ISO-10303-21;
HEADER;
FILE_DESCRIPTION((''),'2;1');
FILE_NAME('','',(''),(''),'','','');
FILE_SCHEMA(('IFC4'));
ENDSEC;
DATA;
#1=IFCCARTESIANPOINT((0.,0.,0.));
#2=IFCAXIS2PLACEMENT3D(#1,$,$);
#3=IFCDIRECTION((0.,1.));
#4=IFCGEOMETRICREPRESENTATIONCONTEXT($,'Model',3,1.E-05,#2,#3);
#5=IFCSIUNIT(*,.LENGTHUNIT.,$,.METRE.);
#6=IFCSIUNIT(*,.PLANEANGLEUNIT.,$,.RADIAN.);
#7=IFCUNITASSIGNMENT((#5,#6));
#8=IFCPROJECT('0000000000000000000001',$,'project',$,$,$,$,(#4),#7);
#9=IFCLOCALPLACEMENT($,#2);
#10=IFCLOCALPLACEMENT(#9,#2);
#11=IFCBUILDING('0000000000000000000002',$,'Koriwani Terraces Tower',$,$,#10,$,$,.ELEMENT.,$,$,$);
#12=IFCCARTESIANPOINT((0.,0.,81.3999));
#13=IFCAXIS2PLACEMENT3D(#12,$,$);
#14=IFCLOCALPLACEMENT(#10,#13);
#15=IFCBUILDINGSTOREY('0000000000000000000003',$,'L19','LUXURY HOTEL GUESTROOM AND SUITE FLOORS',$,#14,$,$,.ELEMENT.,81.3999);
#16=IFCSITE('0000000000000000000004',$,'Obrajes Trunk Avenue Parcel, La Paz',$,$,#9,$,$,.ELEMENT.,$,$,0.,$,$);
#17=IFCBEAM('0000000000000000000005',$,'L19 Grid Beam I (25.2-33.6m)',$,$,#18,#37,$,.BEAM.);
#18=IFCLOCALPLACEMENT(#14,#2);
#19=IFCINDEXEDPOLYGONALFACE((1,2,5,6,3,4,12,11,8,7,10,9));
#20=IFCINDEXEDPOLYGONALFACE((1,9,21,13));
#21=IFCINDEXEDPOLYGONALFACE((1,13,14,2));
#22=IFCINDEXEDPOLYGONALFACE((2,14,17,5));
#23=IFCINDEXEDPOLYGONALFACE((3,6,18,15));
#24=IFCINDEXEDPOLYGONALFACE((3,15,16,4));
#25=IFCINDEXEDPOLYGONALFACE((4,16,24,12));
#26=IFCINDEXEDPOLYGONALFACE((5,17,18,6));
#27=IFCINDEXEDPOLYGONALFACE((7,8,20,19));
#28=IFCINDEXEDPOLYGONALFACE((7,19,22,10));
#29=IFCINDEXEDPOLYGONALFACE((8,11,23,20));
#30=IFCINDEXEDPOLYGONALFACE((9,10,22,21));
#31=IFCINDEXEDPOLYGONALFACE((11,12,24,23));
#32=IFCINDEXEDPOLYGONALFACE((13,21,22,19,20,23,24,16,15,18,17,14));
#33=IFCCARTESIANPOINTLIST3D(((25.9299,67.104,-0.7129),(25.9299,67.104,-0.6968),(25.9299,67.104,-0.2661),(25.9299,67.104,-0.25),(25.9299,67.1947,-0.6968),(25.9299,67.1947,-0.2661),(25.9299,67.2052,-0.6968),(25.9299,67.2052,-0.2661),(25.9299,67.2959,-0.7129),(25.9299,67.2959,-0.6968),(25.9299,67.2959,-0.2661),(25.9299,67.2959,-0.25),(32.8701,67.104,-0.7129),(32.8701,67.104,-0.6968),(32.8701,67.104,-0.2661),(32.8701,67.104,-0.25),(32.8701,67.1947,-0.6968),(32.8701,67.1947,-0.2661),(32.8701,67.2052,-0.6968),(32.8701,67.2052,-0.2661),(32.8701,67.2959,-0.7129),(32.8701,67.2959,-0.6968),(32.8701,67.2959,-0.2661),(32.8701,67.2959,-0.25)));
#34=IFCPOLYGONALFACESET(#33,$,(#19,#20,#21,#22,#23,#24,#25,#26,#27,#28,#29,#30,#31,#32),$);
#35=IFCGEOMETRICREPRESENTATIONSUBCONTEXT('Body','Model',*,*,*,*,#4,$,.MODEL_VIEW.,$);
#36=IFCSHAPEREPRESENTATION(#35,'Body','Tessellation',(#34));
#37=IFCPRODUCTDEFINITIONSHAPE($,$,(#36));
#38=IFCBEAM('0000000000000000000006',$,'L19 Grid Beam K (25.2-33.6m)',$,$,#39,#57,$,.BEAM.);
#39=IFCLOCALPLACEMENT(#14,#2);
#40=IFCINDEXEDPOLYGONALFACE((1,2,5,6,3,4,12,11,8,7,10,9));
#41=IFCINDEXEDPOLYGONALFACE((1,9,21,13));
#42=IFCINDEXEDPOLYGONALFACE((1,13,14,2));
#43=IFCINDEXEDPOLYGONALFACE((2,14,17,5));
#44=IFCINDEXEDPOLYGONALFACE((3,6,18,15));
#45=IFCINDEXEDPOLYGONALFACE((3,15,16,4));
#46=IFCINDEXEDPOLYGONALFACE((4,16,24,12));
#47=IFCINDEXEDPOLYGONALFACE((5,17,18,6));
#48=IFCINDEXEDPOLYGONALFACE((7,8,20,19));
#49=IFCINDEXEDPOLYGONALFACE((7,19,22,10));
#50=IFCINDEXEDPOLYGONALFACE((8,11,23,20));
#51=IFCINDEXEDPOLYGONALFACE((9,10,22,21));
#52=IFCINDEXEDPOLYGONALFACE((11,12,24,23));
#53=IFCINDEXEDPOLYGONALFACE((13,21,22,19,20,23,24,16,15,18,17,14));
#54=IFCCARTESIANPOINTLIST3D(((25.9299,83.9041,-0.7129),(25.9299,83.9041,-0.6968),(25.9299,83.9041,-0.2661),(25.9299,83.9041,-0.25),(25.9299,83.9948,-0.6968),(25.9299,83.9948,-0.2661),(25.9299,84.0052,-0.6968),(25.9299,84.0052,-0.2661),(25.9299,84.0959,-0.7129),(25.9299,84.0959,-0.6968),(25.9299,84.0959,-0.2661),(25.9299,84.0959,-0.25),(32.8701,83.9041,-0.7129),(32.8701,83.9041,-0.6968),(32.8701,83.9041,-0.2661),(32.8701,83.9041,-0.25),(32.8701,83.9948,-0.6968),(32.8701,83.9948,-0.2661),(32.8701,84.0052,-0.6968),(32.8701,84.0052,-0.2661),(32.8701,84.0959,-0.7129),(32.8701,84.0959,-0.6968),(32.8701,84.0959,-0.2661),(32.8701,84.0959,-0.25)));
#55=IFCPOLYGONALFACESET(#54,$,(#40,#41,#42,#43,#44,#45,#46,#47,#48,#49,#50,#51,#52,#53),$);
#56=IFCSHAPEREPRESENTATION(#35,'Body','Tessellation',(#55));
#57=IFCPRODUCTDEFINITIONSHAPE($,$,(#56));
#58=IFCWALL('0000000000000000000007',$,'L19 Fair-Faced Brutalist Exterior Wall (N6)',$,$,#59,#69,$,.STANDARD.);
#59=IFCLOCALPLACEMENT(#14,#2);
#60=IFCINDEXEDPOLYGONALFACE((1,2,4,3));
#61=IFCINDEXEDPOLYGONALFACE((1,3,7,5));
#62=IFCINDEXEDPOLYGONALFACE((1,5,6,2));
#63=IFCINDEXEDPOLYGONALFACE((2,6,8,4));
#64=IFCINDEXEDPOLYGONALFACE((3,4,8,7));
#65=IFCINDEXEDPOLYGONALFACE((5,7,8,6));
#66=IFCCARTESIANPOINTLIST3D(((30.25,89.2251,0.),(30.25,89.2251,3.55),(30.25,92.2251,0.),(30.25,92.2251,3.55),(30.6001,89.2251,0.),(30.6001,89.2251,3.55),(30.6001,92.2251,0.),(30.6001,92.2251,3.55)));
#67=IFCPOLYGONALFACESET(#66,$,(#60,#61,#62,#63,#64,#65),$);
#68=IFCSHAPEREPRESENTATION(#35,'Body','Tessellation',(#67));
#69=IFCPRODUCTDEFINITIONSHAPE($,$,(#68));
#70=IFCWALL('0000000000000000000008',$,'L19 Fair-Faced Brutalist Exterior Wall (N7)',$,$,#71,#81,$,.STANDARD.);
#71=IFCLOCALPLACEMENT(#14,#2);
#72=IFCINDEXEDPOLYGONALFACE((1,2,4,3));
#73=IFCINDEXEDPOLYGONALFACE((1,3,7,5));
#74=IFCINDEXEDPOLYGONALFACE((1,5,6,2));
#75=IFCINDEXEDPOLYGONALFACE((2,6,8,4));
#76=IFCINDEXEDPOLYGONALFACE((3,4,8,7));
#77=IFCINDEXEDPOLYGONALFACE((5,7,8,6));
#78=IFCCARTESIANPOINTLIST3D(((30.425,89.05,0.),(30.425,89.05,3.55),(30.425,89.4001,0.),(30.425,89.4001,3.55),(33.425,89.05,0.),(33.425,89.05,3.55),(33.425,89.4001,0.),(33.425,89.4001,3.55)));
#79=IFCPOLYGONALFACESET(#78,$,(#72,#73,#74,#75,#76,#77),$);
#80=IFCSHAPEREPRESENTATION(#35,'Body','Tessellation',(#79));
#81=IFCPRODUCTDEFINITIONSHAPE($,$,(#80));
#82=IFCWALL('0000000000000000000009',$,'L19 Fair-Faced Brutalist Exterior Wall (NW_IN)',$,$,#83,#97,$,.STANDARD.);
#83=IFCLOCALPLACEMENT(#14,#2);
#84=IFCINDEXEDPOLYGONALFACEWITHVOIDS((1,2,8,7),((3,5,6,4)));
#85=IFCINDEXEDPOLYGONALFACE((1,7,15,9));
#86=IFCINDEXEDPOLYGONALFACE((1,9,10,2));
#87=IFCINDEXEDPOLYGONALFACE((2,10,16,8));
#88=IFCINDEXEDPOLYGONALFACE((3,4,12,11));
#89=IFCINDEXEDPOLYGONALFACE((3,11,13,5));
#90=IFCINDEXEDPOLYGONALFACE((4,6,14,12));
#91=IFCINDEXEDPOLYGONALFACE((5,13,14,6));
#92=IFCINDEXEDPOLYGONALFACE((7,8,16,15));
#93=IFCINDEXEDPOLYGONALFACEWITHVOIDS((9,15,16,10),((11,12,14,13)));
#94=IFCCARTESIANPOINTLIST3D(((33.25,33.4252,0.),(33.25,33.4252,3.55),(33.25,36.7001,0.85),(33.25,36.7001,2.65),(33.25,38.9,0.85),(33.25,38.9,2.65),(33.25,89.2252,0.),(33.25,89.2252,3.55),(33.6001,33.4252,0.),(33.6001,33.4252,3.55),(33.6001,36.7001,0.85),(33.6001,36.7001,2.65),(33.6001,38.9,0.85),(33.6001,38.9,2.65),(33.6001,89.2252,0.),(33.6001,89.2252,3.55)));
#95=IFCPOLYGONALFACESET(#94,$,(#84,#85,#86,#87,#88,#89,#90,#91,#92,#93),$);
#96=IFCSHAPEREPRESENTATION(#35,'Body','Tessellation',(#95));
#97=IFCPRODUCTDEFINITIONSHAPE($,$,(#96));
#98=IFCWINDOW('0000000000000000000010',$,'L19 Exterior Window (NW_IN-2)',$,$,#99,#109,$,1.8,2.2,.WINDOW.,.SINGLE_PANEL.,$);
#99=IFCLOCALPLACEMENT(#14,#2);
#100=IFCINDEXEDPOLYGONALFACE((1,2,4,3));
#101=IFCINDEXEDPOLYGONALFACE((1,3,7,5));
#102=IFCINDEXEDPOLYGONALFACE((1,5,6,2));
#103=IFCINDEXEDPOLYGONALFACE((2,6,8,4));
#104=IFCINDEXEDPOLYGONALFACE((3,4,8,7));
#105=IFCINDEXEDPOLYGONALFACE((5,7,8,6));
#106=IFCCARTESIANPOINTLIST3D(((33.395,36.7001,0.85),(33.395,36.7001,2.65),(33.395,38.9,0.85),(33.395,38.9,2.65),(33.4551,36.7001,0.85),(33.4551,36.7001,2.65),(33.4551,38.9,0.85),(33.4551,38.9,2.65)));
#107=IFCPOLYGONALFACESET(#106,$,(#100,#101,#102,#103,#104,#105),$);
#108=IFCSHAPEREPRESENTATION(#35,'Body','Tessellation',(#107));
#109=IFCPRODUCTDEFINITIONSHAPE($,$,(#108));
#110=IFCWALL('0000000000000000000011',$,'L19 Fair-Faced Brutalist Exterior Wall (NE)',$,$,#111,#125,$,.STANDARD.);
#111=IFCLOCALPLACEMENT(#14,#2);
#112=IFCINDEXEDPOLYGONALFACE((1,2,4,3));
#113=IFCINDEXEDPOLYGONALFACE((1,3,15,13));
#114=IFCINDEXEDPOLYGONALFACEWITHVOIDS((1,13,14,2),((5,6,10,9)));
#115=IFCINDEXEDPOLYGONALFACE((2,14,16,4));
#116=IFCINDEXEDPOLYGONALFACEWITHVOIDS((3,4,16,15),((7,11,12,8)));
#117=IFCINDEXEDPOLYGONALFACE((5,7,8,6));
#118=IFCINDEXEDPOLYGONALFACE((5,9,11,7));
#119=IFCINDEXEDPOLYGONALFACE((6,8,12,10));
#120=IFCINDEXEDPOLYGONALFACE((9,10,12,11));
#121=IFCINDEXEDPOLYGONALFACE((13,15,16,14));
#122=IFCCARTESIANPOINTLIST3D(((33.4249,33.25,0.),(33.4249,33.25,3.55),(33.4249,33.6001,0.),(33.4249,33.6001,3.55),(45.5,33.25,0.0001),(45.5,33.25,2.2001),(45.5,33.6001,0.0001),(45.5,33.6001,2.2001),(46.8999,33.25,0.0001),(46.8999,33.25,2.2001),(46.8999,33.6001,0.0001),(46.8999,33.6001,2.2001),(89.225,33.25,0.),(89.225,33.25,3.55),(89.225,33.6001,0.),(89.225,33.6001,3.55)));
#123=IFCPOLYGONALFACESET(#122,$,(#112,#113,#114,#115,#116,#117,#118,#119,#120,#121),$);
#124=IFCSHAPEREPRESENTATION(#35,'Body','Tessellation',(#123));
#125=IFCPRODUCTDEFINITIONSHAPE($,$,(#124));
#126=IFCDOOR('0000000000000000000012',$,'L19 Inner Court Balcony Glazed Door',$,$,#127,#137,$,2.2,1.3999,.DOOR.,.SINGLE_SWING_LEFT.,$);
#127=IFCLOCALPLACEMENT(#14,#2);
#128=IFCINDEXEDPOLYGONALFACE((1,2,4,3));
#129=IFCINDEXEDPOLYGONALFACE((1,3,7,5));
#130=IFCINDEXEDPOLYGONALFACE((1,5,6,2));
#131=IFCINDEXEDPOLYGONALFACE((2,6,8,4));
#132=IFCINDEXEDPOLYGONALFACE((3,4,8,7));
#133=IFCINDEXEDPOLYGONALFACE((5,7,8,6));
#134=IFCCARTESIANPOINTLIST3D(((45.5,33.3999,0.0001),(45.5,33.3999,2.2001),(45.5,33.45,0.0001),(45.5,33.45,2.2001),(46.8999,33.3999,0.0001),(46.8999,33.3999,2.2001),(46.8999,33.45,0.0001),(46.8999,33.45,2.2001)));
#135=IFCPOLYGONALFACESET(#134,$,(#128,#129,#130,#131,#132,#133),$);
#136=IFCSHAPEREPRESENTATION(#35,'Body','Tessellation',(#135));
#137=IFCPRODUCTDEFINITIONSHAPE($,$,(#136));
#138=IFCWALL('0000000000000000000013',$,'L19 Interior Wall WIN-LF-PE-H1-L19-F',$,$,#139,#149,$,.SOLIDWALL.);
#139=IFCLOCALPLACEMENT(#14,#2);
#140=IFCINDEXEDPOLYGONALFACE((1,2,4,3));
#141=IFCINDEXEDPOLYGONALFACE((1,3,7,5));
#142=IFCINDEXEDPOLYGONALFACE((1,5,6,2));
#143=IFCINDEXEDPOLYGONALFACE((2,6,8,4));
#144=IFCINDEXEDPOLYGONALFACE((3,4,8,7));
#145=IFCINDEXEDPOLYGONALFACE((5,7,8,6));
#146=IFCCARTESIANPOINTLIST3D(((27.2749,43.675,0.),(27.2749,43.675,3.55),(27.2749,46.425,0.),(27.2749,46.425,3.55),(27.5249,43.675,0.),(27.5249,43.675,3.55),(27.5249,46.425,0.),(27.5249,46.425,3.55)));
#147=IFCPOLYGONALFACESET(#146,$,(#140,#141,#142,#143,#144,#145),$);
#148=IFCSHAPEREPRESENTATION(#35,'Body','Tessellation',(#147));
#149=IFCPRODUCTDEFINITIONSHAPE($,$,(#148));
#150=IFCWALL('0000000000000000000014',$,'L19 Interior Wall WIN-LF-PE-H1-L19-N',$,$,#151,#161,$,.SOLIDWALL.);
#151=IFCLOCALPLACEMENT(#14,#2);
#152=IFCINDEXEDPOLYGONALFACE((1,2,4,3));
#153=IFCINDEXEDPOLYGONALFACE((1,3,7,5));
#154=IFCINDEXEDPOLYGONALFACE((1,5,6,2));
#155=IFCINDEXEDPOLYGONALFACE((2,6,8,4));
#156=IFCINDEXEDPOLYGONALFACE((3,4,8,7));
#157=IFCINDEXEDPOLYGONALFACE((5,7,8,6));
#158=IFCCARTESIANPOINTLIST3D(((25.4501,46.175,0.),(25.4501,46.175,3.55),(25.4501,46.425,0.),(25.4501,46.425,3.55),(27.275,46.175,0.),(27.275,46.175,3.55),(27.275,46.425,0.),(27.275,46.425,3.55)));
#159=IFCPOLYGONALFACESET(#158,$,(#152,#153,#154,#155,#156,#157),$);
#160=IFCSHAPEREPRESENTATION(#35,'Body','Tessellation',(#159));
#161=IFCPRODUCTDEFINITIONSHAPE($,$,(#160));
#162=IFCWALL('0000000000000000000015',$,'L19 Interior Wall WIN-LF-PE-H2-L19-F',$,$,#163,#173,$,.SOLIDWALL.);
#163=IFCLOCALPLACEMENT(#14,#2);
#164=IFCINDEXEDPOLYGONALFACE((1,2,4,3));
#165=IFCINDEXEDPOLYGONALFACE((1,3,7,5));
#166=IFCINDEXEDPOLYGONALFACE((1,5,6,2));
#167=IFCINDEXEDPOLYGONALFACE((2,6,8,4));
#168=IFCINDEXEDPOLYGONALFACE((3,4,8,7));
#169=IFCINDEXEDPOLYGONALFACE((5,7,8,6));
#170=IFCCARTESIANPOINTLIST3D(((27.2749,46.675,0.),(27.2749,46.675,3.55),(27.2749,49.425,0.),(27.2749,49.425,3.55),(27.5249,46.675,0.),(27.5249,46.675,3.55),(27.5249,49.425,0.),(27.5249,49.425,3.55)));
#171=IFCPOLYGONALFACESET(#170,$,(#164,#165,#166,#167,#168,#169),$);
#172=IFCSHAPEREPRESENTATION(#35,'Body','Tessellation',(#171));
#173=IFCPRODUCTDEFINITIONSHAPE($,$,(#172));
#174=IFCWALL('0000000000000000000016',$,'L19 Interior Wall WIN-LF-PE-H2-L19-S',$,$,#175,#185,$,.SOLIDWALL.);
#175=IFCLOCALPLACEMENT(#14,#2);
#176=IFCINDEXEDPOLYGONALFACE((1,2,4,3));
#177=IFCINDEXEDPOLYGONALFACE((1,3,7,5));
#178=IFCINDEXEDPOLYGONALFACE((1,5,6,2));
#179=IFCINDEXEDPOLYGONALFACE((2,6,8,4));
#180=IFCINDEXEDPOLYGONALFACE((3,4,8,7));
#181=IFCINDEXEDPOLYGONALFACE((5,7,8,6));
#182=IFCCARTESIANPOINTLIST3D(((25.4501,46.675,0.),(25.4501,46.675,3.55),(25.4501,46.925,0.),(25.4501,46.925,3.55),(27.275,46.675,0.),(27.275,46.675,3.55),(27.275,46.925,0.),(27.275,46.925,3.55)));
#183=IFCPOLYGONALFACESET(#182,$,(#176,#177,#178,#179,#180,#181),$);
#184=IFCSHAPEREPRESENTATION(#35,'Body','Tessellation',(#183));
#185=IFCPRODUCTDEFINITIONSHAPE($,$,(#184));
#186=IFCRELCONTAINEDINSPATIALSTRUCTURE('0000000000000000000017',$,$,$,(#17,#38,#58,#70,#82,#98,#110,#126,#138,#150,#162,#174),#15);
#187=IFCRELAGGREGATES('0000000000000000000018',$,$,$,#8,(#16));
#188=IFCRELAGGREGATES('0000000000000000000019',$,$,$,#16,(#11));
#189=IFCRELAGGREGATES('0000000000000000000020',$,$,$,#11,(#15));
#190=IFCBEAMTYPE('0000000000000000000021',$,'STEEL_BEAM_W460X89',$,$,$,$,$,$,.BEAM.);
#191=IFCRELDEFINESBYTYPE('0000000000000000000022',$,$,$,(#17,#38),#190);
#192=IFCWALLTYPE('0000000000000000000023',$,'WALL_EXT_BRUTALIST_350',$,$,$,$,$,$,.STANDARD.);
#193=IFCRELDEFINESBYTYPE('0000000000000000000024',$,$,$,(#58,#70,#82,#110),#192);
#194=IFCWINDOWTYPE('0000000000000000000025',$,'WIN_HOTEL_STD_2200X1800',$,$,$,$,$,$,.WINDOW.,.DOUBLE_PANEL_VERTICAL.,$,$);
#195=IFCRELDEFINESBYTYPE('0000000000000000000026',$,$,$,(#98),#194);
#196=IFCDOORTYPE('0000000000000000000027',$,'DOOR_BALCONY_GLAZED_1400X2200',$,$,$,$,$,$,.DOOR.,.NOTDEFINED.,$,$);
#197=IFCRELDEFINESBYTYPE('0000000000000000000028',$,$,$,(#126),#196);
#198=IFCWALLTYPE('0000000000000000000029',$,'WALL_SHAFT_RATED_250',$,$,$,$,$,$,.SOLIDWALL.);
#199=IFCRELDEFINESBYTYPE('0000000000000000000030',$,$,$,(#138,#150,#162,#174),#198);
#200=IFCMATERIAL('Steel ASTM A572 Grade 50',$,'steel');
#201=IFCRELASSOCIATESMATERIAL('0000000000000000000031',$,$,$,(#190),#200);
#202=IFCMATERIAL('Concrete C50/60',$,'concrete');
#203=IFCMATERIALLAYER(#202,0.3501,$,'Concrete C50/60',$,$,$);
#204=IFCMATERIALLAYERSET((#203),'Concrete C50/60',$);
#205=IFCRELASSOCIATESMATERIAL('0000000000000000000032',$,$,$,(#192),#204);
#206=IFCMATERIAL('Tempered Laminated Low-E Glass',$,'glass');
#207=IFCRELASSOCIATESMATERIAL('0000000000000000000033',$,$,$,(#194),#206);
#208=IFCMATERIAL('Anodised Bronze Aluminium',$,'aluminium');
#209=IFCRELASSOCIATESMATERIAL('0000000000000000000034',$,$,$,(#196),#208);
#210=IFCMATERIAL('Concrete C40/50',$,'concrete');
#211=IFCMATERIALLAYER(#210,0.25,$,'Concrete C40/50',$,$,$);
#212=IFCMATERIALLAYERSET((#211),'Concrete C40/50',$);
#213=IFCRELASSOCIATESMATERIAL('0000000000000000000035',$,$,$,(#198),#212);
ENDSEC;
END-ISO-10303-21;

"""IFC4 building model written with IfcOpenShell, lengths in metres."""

from ifc_helpers import new_model, si_unit, direction, frame, frame_2d, origin, origin_2d, place, context, subcontext, project, spatial, rectangle, i_section, extrude, material, layer, layer_set, material_profile, profile_set, type_object, element, fill, save


model = new_model("IFC4")

# Units and contexts
model_context = context("Model", 3, precision=1e-05, world=origin(), true_north=direction((0.0, 1.0)))
body_context = subcontext(model_context, "Body", "Model", "MODEL_VIEW")
ifc_project = project(units=[si_unit("LENGTHUNIT", "METRE"), si_unit("PLANEANGLEUNIT", "RADIAN")], contexts=[model_context])

# Site, building, storey
site_placement = place(None, origin())
site = spatial("IfcSite", under=ifc_project, at=site_placement, Name="Obrajes Trunk Avenue Parcel, La Paz", CompositionType="ELEMENT", RefElevation=0.0)
building_placement = place(site_placement, origin())
building = spatial("IfcBuilding", under=site, at=building_placement, Name="Koriwani Terraces Tower", CompositionType="ELEMENT")
storey_placement = place(building_placement, frame((0.0, 0.0, 81.3999)))
storey = spatial("IfcBuildingStorey", under=building, at=storey_placement, Name="L19", Description="LUXURY HOTEL GUESTROOM AND SUITE FLOORS", CompositionType="ELEMENT", Elevation=81.3999)

# Beams
ifc_material_1 = material(Name="Concrete C50/60", Category="concrete")
ifc_material_2 = material(Name="Steel ASTM A572 Grade 50", Category="steel")
ifc_material_profile_1 = material_profile(ifc_material_2, i_section(OverallWidth=0.1919, OverallDepth=0.4629, WebThickness=0.0105, FlangeThickness=0.0161, at=origin_2d()), Name="Steel ASTM A572 Grade 50", Category="LoadBearing")
ifc_profile_set_1 = profile_set([ifc_material_profile_1], Name="Steel ASTM A572 Grade 50")
beam_type_1 = type_object("IfcBeamType", Name="STEEL_BEAM_W460X89", PredefinedType="BEAM", material=ifc_profile_set_1)
for number, where, z_axis, x_axis, name in (
    (1, (25.9299, 67.2, -0.4814), (1.0, 0.0, 0.0), (0.0, 1.0, 0.0), "L19 Grid Beam I (25.2-33.6m)"),
    (2, (25.9299, 84.0, -0.4814), (1.0, 0.0, 0.0), (0.0, 1.0, 0.0), "L19 Grid Beam K (25.2-33.6m)"),
):
    element("IfcBeam", number, at=place(storey_placement, frame(where, z_axis=z_axis, x_axis=x_axis)), inside=storey, type_object=beam_type_1, Name=name, PredefinedType="BEAM", context=body_context, shape_type="SweptSolid", body=[
        extrude(i_section(OverallWidth=0.1919, OverallDepth=0.4629, WebThickness=0.0105, FlangeThickness=0.0161, at=origin_2d()), origin(), (0.0, 0.0, 1.0), 6.9402),
    ])

# Walls
ifc_layer_1 = layer(ifc_material_1, 0.3501, Name="Concrete C50/60")
ifc_layer_set_1 = layer_set([ifc_layer_1], Name="Concrete C50/60")
wall_type_1 = type_object("IfcWallType", Name="WALL_EXT_BRUTALIST_350", PredefinedType="STANDARD", material=ifc_layer_set_1)
for number, where, z_axis, x_axis, name in (
    (3, (30.425, 92.2251, 0.0), (0.0, 0.0, 1.0), (0.0, -1.0, 0.0), "L19 Fair-Faced Brutalist Exterior Wall (N6)"),
    (4, (30.425, 89.2251, 0.0), (0.0, 0.0, 1.0), (1.0, 0.0, 0.0), "L19 Fair-Faced Brutalist Exterior Wall (N7)"),
):
    element("IfcWall", number, at=place(storey_placement, frame(where, z_axis=z_axis, x_axis=x_axis)), inside=storey, type_object=wall_type_1, Name=name, PredefinedType="STANDARD", context=body_context, shape_type="SweptSolid", body=[
        extrude(rectangle(XDim=3.0, YDim=0.3501, at=frame_2d((1.5, 0.0))), origin(), (0.0, 0.0, 1.0), 3.55),
    ])

# Wall, opening, window
wall_1_placement = place(storey_placement, frame((33.425, 89.2251, 0.0), z_axis=(0.0, 0.0, 1.0), x_axis=(0.0, -1.0, 0.0)))
wall_1 = element("IfcWall", 5, at=wall_1_placement, inside=storey, type_object=wall_type_1, Name="L19 Fair-Faced Brutalist Exterior Wall (NW_IN)", PredefinedType="STANDARD", context=body_context, shape_type="SweptSolid", body=[
    extrude(rectangle(XDim=55.8, YDim=0.3501, at=frame_2d((27.8999, 0.0))), origin(), (0.0, 0.0, 1.0), 3.55),
])
opening_1_placement = place(wall_1_placement, frame((50.325, 0.0, 0.8501)))
opening_1 = element("IfcOpeningElement", 6, at=opening_1_placement, cuts=wall_1, PredefinedType="OPENING", context=body_context, shape_type="SweptSolid", body=[
    extrude(rectangle(XDim=2.2, YDim=1.8, at=frame_2d((1.1001, 0.8999))), frame((0.0, 0.1851, 0.0), z_axis=(0.0, -1.0, 0.0), x_axis=(1.0, 0.0, 0.0)), (0.0, 0.0, 1.0), 0.3701),
])
ifc_material_3 = material(Name="Tempered Laminated Low-E Glass", Category="glass")
window_type = type_object("IfcWindowType", Name="WIN_HOTEL_STD_2200X1800", PartitioningType="DOUBLE_PANEL_VERTICAL", PredefinedType="WINDOW", material=ifc_material_3)
window_placement = place(opening_1_placement, origin())
window = element("IfcWindow", 7, at=window_placement, inside=storey, type_object=window_type, Name="L19 Exterior Window (NW_IN-2)", OverallHeight=1.8, OverallWidth=2.2, PartitioningType="SINGLE_PANEL", PredefinedType="WINDOW", context=body_context, shape_type="SweptSolid", body=[
    extrude(rectangle(XDim=2.2, YDim=1.8, at=frame_2d((1.1001, 0.8999))), frame((0.0, 0.03, 0.0), z_axis=(0.0, -1.0, 0.0), x_axis=(1.0, 0.0, 0.0)), (0.0, 0.0, 1.0), 0.0601),
])
fill(opening_1, window)

# Wall, opening, door
wall_2_placement = place(storey_placement, frame((33.425, 33.425, 0.0), z_axis=(0.0, 0.0, 1.0), x_axis=(1.0, 0.0, 0.0)))
wall_2 = element("IfcWall", 8, at=wall_2_placement, inside=storey, type_object=wall_type_1, Name="L19 Fair-Faced Brutalist Exterior Wall (NE)", PredefinedType="STANDARD", context=body_context, shape_type="SweptSolid", body=[
    extrude(rectangle(XDim=55.8, YDim=0.3501, at=frame_2d((27.8999, 0.0))), origin(), (0.0, 0.0, 1.0), 3.55),
])
opening_2_placement = place(wall_2_placement, frame((12.075, 0.0, 0.0)))
opening_2 = element("IfcOpeningElement", 9, at=opening_2_placement, cuts=wall_2, PredefinedType="OPENING", context=body_context, shape_type="SweptSolid", body=[
    extrude(rectangle(XDim=1.3999, YDim=2.2, at=frame_2d((0.7, 1.1001))), frame((0.0, 0.1851, 0.0), z_axis=(0.0, -1.0, 0.0), x_axis=(1.0, 0.0, 0.0)), (0.0, 0.0, 1.0), 0.3701),
])
ifc_material_4 = material(Name="Anodised Bronze Aluminium", Category="aluminium")
door_type = type_object("IfcDoorType", Name="DOOR_BALCONY_GLAZED_1400X2200", OperationType="NOTDEFINED", PredefinedType="DOOR", material=ifc_material_4)
door_placement = place(opening_2_placement, origin())
door = element("IfcDoor", 10, at=door_placement, inside=storey, type_object=door_type, Name="L19 Inner Court Balcony Glazed Door", OperationType="SINGLE_SWING_LEFT", OverallHeight=2.2, OverallWidth=1.3999, PredefinedType="DOOR", context=body_context, shape_type="SweptSolid", body=[
    extrude(rectangle(XDim=1.3999, YDim=2.2, at=frame_2d((0.7, 1.1001))), frame((0.0, 0.0249, 0.0), z_axis=(0.0, -1.0, 0.0), x_axis=(1.0, 0.0, 0.0)), (0.0, 0.0, 1.0), 0.05),
])
fill(opening_2, door)

# Walls
ifc_material_5 = material(Name="Concrete C40/50", Category="concrete")
ifc_layer_2 = layer(ifc_material_5, 0.25, Name="Concrete C40/50")
ifc_layer_set_2 = layer_set([ifc_layer_2], Name="Concrete C40/50")
wall_type_2 = type_object("IfcWallType", Name="WALL_SHAFT_RATED_250", PredefinedType="SOLIDWALL", material=ifc_layer_set_2)
wall_3_placement = place(storey_placement, frame((27.3999, 43.675, 0.0), z_axis=(0.0, 0.0, 1.0), x_axis=(0.0, 1.0, 0.0)))
element("IfcWall", 11, at=wall_3_placement, inside=storey, type_object=wall_type_2, Name="L19 Interior Wall WIN-LF-PE-H1-L19-F", PredefinedType="SOLIDWALL", context=body_context, shape_type="SweptSolid", body=[
    extrude(rectangle(XDim=2.75, YDim=0.25, at=frame_2d((1.375, 0.0))), origin(), (0.0, 0.0, 1.0), 3.55),
])
wall_4_placement = place(storey_placement, frame((25.45, 46.3, 0.0), z_axis=(0.0, 0.0, 1.0), x_axis=(1.0, 0.0, 0.0)))
element("IfcWall", 12, at=wall_4_placement, inside=storey, type_object=wall_type_2, Name="L19 Interior Wall WIN-LF-PE-H1-L19-N", PredefinedType="SOLIDWALL", context=body_context, shape_type="SweptSolid", body=[
    extrude(rectangle(XDim=1.825, YDim=0.25, at=frame_2d((0.9126, 0.0))), origin(), (0.0, 0.0, 1.0), 3.55),
])
wall_5_placement = place(storey_placement, frame((27.3999, 46.675, 0.0), z_axis=(0.0, 0.0, 1.0), x_axis=(0.0, 1.0, 0.0)))
element("IfcWall", 13, at=wall_5_placement, inside=storey, type_object=wall_type_2, Name="L19 Interior Wall WIN-LF-PE-H2-L19-F", PredefinedType="SOLIDWALL", context=body_context, shape_type="SweptSolid", body=[
    extrude(rectangle(XDim=2.75, YDim=0.25, at=frame_2d((1.375, 0.0))), origin(), (0.0, 0.0, 1.0), 3.55),
])
for number, where, z_axis, x_axis, name in (
    (14, (25.45, 46.8, 0.0), (0.0, 0.0, 1.0), (1.0, 0.0, 0.0), "L19 Interior Wall WIN-LF-PE-H2-L19-S"),
):
    element("IfcWall", number, at=place(storey_placement, frame(where, z_axis=z_axis, x_axis=x_axis)), inside=storey, type_object=wall_type_2, Name=name, PredefinedType="SOLIDWALL", context=body_context, shape_type="SweptSolid", body=[
        extrude(rectangle(XDim=1.825, YDim=0.25, at=frame_2d((0.9126, 0.0))), origin(), (0.0, 0.0, 1.0), 3.55),
    ])

save(model, "model.ifc")
